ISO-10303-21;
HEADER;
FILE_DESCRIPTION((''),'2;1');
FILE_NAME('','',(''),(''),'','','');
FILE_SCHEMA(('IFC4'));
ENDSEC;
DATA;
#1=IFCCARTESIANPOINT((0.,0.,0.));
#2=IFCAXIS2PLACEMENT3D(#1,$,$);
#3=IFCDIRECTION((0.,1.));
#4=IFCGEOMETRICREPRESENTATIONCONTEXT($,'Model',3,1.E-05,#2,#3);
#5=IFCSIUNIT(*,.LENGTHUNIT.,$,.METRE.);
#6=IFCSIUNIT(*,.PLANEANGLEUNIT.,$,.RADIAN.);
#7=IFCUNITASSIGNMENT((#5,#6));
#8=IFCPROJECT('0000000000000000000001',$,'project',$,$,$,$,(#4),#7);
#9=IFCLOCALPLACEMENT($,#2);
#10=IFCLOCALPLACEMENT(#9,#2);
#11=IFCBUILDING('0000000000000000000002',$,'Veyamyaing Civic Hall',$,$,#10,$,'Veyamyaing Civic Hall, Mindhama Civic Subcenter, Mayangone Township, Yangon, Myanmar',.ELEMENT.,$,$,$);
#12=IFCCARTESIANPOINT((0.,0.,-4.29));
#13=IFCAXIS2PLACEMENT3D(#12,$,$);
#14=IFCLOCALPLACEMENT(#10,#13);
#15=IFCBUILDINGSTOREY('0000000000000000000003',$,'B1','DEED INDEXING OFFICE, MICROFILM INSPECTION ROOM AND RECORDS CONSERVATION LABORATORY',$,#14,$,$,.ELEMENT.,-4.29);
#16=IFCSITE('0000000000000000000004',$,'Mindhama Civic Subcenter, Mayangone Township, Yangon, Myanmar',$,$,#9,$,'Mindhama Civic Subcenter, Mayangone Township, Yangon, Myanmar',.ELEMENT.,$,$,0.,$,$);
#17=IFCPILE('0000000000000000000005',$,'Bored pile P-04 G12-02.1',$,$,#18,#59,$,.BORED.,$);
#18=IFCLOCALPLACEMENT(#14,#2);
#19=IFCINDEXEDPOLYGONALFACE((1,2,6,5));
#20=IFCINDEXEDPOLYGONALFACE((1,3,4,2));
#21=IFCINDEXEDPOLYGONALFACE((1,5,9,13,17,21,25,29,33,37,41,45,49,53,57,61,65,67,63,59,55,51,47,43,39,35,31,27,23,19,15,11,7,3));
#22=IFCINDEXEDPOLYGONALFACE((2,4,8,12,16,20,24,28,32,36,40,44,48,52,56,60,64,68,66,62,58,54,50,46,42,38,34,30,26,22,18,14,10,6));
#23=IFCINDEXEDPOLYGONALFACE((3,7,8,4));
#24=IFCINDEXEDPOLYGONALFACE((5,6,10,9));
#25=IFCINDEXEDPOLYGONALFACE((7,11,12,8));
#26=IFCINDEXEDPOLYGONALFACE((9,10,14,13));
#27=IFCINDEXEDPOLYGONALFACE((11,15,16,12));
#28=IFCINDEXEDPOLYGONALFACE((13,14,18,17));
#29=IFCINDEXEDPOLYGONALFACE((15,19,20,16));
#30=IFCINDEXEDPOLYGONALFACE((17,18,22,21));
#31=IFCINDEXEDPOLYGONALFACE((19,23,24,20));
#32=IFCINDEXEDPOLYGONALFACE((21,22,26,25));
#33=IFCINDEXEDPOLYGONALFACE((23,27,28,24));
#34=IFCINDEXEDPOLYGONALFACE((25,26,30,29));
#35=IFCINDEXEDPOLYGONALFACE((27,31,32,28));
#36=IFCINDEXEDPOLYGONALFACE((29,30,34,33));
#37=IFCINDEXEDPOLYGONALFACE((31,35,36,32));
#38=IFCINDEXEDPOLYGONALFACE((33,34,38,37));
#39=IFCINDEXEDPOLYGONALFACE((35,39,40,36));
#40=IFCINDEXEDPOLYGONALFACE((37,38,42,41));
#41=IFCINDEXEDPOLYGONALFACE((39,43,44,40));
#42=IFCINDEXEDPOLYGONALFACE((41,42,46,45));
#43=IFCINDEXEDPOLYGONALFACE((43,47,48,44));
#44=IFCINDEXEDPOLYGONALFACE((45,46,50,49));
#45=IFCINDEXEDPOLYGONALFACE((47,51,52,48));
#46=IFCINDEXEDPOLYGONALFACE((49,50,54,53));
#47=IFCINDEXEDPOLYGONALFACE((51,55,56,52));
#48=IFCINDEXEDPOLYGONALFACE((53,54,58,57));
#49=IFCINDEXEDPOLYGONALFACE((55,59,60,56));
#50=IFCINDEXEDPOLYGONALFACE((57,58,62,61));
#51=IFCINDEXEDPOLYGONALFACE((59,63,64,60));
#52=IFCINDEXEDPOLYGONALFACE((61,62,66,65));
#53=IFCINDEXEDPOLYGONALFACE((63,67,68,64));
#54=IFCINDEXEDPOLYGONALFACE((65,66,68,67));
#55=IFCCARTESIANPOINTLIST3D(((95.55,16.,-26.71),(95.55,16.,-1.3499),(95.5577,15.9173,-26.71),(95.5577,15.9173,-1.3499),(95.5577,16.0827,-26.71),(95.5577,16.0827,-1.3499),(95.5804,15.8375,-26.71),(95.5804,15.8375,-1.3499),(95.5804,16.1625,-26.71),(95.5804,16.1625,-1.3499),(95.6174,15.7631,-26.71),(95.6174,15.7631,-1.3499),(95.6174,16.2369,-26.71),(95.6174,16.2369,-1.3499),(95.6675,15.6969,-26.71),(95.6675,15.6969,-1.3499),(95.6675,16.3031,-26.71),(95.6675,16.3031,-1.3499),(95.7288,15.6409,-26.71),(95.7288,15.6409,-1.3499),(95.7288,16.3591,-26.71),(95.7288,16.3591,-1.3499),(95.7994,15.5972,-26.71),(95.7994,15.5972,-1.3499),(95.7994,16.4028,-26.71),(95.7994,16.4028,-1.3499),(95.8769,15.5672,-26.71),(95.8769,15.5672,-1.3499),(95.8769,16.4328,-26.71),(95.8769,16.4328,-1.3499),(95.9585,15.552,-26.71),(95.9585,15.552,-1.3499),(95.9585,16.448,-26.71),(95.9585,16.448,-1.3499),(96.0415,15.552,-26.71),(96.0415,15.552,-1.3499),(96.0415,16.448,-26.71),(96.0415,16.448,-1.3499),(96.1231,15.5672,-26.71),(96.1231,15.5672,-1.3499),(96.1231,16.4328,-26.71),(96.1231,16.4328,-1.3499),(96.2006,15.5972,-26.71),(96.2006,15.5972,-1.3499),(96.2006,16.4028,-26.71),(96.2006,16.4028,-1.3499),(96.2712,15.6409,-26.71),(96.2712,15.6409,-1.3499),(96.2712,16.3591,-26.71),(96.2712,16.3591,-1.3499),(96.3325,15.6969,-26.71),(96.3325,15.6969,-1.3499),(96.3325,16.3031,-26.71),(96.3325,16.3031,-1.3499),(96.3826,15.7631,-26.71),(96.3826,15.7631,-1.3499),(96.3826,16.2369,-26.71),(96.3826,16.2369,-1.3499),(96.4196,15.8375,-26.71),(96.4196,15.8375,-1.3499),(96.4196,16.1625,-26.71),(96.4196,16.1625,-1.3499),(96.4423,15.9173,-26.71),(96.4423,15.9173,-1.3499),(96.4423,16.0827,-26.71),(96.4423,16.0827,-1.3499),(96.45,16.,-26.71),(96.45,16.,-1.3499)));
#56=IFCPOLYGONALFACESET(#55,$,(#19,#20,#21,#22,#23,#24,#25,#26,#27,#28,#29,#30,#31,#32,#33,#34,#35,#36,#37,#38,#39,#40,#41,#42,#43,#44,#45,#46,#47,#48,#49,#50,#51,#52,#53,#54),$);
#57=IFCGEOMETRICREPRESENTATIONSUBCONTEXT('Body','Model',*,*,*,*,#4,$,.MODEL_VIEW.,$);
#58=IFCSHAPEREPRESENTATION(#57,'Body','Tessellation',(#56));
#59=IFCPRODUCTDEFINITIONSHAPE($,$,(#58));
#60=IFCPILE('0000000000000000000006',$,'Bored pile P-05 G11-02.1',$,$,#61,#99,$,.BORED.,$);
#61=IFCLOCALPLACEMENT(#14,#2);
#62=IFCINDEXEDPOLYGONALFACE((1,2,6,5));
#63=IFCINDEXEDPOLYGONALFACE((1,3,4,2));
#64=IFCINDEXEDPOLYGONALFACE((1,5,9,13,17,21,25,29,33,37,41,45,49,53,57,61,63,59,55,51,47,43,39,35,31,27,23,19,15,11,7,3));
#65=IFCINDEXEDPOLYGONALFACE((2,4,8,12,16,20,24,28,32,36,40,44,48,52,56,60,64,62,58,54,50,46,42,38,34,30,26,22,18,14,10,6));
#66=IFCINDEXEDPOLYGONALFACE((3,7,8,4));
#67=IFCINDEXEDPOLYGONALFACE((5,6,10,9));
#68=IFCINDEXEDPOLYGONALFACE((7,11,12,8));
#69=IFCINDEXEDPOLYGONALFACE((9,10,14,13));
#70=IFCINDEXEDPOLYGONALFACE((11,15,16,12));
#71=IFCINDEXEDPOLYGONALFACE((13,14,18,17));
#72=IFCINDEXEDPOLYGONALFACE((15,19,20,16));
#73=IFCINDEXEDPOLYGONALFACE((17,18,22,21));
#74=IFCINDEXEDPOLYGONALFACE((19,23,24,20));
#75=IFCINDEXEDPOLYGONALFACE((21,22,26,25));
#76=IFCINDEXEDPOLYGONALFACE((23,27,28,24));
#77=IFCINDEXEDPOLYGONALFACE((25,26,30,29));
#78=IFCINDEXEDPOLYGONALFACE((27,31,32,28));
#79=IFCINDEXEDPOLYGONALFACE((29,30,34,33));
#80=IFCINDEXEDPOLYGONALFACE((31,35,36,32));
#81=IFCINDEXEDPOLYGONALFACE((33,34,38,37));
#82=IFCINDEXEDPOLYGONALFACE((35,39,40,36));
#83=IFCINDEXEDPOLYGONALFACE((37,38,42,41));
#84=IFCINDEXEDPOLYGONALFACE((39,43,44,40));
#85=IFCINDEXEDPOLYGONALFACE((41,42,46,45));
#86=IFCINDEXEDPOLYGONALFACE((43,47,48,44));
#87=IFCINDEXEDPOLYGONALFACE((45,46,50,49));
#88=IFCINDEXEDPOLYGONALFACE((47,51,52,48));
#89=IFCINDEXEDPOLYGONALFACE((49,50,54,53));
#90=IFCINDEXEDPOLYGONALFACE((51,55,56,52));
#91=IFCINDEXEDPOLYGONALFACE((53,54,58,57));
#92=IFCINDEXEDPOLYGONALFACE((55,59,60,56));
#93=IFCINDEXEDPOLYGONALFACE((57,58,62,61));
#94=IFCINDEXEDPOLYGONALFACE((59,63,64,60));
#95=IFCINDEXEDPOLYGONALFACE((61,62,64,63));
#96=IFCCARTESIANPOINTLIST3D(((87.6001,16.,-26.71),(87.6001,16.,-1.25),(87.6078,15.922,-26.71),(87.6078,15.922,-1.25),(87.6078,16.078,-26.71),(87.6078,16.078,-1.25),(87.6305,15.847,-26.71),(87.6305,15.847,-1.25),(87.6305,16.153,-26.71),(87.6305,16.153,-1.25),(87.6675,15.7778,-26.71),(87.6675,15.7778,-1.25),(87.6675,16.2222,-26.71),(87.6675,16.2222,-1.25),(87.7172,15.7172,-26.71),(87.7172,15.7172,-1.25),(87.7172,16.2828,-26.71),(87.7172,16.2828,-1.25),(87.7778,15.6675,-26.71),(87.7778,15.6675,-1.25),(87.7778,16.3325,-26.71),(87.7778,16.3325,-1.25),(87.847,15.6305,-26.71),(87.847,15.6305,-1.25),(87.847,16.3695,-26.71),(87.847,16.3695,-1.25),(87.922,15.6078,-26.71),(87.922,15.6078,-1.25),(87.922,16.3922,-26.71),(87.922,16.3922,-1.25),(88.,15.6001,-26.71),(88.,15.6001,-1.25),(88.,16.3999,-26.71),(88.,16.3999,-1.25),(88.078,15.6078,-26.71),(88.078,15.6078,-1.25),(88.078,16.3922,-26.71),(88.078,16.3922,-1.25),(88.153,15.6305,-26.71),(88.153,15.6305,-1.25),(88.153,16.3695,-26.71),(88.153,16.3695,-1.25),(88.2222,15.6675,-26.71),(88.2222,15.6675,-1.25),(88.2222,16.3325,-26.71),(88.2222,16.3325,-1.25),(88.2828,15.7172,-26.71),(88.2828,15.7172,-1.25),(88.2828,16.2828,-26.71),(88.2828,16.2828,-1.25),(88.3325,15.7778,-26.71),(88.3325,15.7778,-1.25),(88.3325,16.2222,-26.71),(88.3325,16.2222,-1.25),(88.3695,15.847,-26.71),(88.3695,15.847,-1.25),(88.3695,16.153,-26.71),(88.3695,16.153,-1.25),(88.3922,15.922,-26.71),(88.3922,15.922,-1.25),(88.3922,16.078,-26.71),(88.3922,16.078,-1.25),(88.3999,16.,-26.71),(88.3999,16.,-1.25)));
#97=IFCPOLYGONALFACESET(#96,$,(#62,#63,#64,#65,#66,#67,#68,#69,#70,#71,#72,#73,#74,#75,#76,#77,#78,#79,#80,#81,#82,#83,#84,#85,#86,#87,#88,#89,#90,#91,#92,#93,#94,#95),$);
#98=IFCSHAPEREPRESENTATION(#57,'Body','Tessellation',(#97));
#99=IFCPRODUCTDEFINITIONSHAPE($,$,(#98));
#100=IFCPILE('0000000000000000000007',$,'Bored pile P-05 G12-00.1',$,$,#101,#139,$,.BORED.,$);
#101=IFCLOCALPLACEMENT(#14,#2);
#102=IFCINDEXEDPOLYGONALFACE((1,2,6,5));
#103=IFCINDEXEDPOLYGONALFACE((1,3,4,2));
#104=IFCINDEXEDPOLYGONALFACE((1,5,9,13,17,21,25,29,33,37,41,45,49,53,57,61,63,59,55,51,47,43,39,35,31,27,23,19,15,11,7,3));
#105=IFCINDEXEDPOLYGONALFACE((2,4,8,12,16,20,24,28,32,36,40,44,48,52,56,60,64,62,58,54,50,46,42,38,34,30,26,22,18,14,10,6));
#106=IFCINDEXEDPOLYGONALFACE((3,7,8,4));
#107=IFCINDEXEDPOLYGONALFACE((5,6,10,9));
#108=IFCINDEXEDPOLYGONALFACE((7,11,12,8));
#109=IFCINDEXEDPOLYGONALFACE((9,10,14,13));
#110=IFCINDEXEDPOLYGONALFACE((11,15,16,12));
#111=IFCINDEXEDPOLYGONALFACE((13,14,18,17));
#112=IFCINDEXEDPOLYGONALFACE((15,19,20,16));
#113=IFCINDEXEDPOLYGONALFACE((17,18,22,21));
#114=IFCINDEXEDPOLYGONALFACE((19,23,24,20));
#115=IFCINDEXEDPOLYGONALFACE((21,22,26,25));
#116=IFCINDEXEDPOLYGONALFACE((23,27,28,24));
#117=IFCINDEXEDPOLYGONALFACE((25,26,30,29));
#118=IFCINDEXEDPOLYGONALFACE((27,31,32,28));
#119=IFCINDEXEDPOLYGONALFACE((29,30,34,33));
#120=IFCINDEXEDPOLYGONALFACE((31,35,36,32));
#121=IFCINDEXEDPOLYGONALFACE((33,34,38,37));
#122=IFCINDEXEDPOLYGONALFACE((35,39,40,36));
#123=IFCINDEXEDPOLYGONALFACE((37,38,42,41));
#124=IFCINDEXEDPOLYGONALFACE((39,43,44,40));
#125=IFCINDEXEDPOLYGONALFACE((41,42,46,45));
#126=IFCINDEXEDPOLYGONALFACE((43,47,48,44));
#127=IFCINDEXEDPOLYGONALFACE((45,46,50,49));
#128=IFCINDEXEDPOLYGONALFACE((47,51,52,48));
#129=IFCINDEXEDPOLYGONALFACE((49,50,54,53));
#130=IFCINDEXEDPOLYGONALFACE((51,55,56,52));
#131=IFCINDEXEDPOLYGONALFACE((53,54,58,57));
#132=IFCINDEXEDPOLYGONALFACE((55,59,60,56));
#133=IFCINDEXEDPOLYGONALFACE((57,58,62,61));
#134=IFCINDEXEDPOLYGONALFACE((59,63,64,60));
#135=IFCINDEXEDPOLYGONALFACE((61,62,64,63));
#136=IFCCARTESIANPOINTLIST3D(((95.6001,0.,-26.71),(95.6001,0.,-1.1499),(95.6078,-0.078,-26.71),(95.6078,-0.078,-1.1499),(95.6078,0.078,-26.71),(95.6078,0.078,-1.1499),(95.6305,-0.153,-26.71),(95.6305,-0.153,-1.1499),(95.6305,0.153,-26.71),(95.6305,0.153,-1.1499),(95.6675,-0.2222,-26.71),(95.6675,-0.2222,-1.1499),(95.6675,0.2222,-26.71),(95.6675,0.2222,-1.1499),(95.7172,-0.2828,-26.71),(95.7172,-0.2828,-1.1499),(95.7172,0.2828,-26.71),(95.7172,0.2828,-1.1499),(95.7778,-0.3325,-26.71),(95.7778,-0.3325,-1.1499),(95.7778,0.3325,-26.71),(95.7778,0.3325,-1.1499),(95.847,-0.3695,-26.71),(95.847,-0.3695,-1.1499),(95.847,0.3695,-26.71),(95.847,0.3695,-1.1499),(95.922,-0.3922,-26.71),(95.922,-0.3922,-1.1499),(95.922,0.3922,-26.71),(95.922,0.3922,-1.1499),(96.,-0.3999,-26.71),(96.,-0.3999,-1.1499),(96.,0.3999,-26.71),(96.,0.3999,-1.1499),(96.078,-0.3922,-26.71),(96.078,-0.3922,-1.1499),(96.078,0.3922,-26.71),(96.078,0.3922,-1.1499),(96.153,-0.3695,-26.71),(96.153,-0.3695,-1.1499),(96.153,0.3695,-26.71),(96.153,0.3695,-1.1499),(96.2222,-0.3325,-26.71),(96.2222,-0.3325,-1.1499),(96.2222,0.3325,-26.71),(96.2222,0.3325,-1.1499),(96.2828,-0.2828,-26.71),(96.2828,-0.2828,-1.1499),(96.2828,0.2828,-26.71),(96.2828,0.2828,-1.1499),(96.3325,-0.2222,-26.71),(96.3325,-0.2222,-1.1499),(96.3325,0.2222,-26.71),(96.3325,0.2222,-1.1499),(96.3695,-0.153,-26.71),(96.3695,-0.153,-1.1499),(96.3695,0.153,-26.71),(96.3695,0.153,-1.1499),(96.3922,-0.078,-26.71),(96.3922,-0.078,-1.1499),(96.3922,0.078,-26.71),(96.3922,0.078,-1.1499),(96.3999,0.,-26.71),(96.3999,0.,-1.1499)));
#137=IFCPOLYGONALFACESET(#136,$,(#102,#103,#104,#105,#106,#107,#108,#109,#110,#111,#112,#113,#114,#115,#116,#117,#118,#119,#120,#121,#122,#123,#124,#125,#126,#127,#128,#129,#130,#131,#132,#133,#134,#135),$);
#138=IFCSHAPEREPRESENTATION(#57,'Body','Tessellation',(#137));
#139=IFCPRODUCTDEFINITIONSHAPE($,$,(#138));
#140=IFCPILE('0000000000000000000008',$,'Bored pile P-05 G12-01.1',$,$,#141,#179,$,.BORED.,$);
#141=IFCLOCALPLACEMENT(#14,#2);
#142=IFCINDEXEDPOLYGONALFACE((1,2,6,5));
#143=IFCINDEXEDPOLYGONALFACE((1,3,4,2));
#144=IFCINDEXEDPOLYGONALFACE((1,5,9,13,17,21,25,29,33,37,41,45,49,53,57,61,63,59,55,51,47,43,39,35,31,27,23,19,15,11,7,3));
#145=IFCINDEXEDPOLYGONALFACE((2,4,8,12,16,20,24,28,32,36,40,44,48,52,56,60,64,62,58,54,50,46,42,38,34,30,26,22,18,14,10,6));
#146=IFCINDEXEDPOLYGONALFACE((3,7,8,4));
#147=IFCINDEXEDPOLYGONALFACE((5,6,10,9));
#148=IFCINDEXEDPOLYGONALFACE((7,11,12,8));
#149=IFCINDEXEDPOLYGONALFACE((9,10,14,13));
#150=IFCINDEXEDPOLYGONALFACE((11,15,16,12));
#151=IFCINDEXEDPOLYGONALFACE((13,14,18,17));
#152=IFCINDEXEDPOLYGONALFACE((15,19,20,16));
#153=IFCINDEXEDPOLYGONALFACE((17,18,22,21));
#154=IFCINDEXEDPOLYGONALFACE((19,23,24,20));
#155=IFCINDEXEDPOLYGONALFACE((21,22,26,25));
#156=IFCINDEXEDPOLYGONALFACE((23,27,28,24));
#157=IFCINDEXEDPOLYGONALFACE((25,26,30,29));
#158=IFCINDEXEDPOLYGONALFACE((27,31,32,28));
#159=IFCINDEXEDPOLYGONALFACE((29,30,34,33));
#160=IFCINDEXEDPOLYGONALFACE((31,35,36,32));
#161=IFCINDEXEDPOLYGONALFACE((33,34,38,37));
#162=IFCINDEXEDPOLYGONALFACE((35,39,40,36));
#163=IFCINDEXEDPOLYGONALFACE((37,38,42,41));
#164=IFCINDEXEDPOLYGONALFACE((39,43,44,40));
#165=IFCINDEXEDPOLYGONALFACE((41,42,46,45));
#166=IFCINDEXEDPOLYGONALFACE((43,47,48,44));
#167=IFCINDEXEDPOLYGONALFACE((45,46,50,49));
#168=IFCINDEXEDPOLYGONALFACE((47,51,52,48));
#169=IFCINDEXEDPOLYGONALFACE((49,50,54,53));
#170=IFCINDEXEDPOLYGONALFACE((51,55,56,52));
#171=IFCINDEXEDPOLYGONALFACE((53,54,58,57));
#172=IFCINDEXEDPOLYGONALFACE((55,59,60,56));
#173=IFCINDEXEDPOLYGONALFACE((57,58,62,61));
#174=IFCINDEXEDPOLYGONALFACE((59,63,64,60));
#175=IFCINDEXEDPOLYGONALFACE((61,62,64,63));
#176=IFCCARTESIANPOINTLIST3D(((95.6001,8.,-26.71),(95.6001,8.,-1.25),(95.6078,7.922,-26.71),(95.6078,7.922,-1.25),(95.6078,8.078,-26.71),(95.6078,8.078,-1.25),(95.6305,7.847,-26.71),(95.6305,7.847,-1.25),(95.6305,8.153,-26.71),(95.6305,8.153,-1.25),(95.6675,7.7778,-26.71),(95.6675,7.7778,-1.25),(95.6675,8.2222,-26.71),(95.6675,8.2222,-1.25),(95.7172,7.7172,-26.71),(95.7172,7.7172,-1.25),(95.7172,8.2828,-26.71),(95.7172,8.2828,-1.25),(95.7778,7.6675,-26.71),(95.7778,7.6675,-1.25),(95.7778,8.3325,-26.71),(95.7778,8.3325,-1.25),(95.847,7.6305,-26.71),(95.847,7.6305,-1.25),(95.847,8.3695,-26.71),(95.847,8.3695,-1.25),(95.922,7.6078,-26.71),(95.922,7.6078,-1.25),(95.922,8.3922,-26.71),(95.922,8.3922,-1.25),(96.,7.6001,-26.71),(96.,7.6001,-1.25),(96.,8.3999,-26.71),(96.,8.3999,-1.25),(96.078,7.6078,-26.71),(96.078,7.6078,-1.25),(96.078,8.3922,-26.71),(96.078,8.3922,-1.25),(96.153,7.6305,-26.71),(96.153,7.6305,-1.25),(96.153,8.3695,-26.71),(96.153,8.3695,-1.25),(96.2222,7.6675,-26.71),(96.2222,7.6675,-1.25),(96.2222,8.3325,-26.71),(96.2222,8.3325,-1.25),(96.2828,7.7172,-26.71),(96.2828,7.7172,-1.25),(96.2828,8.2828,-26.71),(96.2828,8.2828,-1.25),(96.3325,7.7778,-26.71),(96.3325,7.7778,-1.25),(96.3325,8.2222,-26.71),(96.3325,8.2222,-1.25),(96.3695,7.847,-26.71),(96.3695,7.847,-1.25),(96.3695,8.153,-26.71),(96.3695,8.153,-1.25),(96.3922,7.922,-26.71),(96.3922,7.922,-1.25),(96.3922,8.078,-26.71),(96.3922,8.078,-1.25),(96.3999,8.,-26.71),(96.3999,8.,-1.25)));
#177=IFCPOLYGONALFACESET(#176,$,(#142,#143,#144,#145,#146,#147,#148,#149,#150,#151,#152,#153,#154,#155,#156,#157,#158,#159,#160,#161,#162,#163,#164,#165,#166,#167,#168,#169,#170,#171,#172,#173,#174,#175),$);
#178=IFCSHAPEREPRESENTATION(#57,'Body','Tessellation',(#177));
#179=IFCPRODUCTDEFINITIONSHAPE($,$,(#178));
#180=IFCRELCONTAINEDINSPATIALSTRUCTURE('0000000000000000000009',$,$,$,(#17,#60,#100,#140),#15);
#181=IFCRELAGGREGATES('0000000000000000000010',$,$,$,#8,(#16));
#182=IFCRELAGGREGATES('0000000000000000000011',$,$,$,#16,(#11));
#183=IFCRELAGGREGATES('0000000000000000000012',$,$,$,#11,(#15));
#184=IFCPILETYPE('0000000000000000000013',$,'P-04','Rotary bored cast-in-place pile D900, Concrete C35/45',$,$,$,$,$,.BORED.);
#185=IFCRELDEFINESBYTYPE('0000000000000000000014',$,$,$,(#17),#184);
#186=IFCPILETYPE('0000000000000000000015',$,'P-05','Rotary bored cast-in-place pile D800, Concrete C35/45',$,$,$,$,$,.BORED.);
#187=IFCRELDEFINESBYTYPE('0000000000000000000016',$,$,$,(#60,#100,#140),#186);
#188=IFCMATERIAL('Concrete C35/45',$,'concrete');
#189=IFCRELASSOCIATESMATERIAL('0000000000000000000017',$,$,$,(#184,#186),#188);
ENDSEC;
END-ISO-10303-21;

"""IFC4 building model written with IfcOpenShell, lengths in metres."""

from ifc_helpers import new_model, si_unit, direction, frame, origin, origin_2d, place, context, subcontext, project, spatial, circle, extrude, material, material_profile, profile_set, type_object, element, save


model = new_model("IFC4")

# Units and contexts
model_context = context("Model", 3, precision=1e-05, world=origin(), true_north=direction((0.0, 1.0)))
body_context = subcontext(model_context, "Body", "Model", "MODEL_VIEW")
ifc_project = project(units=[si_unit("LENGTHUNIT", "METRE"), si_unit("PLANEANGLEUNIT", "RADIAN")], contexts=[model_context])

# Site, building, storey
site_placement = place(None, origin())
site = spatial("IfcSite", under=ifc_project, at=site_placement, Name="Mindhama Civic Subcenter, Mayangone Township, Yangon, Myanmar", LongName="Mindhama Civic Subcenter, Mayangone Township, Yangon, Myanmar", CompositionType="ELEMENT", RefElevation=0.0)
building_placement = place(site_placement, origin())
building = spatial("IfcBuilding", under=site, at=building_placement, Name="Veyamyaing Civic Hall", LongName="Veyamyaing Civic Hall, Mindhama Civic Subcenter, Mayangone Township, Yangon, Myanmar", CompositionType="ELEMENT")
storey_placement = place(building_placement, frame((0.0, 0.0, -4.29)))
storey = spatial("IfcBuildingStorey", under=building, at=storey_placement, Name="B1", Description="DEED INDEXING OFFICE, MICROFILM INSPECTION ROOM AND RECORDS CONSERVATION LABORATORY", CompositionType="ELEMENT", Elevation=-4.29)

# Piles
ifc_material_1 = material(Name="Concrete C35/45", Category="concrete")
ifc_material_profile_1 = material_profile(ifc_material_1, circle(Radius=0.45, at=origin_2d()), Name="PILE-D900")
ifc_profile_set_1 = profile_set([ifc_material_profile_1], Name="Concrete C35/45")
pile_type_1 = type_object("IfcPileType", Name="P-04", Description="Rotary bored cast-in-place pile D900, Concrete C35/45", PredefinedType="BORED", material=ifc_profile_set_1)
pile_1_placement = place(storey_placement, frame((96.0, 16.0, -1.3499), z_axis=(0.0, 0.0, -1.0), x_axis=(1.0, 0.0, 0.0)))
element("IfcPile", 1, at=pile_1_placement, inside=storey, type_object=pile_type_1, Name="Bored pile P-04 G12-02.1", PredefinedType="BORED", context=body_context, shape_type="SweptSolid", body=[
    extrude(circle(Radius=0.45, at=origin_2d()), origin(), (0.0, 0.0, 1.0), 25.3601),
])
ifc_material_profile_2 = material_profile(ifc_material_1, circle(Radius=0.3999, at=origin_2d()), Name="PILE-D800")
ifc_profile_set_2 = profile_set([ifc_material_profile_2], Name="Concrete C35/45")
pile_type_2 = type_object("IfcPileType", Name="P-05", Description="Rotary bored cast-in-place pile D800, Concrete C35/45", PredefinedType="BORED", material=ifc_profile_set_2)
pile_2_placement = place(storey_placement, frame((88.0, 16.0, -1.25), z_axis=(0.0, 0.0, -1.0), x_axis=(1.0, 0.0, 0.0)))
element("IfcPile", 2, at=pile_2_placement, inside=storey, type_object=pile_type_2, Name="Bored pile P-05 G11-02.1", PredefinedType="BORED", context=body_context, shape_type="SweptSolid", body=[
    extrude(circle(Radius=0.3999, at=origin_2d()), origin(), (0.0, 0.0, 1.0), 25.46),
])
pile_3_placement = place(storey_placement, frame((96.0, 0.0, -1.1499), z_axis=(0.0, 0.0, -1.0), x_axis=(1.0, 0.0, 0.0)))
element("IfcPile", 3, at=pile_3_placement, inside=storey, type_object=pile_type_2, Name="Bored pile P-05 G12-00.1", PredefinedType="BORED", context=body_context, shape_type="SweptSolid", body=[
    extrude(circle(Radius=0.3999, at=origin_2d()), origin(), (0.0, 0.0, 1.0), 25.5601),
])
pile_4_placement = place(storey_placement, frame((96.0, 8.0, -1.25), z_axis=(0.0, 0.0, -1.0), x_axis=(1.0, 0.0, 0.0)))
element("IfcPile", 4, at=pile_4_placement, inside=storey, type_object=pile_type_2, Name="Bored pile P-05 G12-01.1", PredefinedType="BORED", context=body_context, shape_type="SweptSolid", body=[
    extrude(circle(Radius=0.3999, at=origin_2d()), origin(), (0.0, 0.0, 1.0), 25.46),
])

save(model, "model.ifc")
